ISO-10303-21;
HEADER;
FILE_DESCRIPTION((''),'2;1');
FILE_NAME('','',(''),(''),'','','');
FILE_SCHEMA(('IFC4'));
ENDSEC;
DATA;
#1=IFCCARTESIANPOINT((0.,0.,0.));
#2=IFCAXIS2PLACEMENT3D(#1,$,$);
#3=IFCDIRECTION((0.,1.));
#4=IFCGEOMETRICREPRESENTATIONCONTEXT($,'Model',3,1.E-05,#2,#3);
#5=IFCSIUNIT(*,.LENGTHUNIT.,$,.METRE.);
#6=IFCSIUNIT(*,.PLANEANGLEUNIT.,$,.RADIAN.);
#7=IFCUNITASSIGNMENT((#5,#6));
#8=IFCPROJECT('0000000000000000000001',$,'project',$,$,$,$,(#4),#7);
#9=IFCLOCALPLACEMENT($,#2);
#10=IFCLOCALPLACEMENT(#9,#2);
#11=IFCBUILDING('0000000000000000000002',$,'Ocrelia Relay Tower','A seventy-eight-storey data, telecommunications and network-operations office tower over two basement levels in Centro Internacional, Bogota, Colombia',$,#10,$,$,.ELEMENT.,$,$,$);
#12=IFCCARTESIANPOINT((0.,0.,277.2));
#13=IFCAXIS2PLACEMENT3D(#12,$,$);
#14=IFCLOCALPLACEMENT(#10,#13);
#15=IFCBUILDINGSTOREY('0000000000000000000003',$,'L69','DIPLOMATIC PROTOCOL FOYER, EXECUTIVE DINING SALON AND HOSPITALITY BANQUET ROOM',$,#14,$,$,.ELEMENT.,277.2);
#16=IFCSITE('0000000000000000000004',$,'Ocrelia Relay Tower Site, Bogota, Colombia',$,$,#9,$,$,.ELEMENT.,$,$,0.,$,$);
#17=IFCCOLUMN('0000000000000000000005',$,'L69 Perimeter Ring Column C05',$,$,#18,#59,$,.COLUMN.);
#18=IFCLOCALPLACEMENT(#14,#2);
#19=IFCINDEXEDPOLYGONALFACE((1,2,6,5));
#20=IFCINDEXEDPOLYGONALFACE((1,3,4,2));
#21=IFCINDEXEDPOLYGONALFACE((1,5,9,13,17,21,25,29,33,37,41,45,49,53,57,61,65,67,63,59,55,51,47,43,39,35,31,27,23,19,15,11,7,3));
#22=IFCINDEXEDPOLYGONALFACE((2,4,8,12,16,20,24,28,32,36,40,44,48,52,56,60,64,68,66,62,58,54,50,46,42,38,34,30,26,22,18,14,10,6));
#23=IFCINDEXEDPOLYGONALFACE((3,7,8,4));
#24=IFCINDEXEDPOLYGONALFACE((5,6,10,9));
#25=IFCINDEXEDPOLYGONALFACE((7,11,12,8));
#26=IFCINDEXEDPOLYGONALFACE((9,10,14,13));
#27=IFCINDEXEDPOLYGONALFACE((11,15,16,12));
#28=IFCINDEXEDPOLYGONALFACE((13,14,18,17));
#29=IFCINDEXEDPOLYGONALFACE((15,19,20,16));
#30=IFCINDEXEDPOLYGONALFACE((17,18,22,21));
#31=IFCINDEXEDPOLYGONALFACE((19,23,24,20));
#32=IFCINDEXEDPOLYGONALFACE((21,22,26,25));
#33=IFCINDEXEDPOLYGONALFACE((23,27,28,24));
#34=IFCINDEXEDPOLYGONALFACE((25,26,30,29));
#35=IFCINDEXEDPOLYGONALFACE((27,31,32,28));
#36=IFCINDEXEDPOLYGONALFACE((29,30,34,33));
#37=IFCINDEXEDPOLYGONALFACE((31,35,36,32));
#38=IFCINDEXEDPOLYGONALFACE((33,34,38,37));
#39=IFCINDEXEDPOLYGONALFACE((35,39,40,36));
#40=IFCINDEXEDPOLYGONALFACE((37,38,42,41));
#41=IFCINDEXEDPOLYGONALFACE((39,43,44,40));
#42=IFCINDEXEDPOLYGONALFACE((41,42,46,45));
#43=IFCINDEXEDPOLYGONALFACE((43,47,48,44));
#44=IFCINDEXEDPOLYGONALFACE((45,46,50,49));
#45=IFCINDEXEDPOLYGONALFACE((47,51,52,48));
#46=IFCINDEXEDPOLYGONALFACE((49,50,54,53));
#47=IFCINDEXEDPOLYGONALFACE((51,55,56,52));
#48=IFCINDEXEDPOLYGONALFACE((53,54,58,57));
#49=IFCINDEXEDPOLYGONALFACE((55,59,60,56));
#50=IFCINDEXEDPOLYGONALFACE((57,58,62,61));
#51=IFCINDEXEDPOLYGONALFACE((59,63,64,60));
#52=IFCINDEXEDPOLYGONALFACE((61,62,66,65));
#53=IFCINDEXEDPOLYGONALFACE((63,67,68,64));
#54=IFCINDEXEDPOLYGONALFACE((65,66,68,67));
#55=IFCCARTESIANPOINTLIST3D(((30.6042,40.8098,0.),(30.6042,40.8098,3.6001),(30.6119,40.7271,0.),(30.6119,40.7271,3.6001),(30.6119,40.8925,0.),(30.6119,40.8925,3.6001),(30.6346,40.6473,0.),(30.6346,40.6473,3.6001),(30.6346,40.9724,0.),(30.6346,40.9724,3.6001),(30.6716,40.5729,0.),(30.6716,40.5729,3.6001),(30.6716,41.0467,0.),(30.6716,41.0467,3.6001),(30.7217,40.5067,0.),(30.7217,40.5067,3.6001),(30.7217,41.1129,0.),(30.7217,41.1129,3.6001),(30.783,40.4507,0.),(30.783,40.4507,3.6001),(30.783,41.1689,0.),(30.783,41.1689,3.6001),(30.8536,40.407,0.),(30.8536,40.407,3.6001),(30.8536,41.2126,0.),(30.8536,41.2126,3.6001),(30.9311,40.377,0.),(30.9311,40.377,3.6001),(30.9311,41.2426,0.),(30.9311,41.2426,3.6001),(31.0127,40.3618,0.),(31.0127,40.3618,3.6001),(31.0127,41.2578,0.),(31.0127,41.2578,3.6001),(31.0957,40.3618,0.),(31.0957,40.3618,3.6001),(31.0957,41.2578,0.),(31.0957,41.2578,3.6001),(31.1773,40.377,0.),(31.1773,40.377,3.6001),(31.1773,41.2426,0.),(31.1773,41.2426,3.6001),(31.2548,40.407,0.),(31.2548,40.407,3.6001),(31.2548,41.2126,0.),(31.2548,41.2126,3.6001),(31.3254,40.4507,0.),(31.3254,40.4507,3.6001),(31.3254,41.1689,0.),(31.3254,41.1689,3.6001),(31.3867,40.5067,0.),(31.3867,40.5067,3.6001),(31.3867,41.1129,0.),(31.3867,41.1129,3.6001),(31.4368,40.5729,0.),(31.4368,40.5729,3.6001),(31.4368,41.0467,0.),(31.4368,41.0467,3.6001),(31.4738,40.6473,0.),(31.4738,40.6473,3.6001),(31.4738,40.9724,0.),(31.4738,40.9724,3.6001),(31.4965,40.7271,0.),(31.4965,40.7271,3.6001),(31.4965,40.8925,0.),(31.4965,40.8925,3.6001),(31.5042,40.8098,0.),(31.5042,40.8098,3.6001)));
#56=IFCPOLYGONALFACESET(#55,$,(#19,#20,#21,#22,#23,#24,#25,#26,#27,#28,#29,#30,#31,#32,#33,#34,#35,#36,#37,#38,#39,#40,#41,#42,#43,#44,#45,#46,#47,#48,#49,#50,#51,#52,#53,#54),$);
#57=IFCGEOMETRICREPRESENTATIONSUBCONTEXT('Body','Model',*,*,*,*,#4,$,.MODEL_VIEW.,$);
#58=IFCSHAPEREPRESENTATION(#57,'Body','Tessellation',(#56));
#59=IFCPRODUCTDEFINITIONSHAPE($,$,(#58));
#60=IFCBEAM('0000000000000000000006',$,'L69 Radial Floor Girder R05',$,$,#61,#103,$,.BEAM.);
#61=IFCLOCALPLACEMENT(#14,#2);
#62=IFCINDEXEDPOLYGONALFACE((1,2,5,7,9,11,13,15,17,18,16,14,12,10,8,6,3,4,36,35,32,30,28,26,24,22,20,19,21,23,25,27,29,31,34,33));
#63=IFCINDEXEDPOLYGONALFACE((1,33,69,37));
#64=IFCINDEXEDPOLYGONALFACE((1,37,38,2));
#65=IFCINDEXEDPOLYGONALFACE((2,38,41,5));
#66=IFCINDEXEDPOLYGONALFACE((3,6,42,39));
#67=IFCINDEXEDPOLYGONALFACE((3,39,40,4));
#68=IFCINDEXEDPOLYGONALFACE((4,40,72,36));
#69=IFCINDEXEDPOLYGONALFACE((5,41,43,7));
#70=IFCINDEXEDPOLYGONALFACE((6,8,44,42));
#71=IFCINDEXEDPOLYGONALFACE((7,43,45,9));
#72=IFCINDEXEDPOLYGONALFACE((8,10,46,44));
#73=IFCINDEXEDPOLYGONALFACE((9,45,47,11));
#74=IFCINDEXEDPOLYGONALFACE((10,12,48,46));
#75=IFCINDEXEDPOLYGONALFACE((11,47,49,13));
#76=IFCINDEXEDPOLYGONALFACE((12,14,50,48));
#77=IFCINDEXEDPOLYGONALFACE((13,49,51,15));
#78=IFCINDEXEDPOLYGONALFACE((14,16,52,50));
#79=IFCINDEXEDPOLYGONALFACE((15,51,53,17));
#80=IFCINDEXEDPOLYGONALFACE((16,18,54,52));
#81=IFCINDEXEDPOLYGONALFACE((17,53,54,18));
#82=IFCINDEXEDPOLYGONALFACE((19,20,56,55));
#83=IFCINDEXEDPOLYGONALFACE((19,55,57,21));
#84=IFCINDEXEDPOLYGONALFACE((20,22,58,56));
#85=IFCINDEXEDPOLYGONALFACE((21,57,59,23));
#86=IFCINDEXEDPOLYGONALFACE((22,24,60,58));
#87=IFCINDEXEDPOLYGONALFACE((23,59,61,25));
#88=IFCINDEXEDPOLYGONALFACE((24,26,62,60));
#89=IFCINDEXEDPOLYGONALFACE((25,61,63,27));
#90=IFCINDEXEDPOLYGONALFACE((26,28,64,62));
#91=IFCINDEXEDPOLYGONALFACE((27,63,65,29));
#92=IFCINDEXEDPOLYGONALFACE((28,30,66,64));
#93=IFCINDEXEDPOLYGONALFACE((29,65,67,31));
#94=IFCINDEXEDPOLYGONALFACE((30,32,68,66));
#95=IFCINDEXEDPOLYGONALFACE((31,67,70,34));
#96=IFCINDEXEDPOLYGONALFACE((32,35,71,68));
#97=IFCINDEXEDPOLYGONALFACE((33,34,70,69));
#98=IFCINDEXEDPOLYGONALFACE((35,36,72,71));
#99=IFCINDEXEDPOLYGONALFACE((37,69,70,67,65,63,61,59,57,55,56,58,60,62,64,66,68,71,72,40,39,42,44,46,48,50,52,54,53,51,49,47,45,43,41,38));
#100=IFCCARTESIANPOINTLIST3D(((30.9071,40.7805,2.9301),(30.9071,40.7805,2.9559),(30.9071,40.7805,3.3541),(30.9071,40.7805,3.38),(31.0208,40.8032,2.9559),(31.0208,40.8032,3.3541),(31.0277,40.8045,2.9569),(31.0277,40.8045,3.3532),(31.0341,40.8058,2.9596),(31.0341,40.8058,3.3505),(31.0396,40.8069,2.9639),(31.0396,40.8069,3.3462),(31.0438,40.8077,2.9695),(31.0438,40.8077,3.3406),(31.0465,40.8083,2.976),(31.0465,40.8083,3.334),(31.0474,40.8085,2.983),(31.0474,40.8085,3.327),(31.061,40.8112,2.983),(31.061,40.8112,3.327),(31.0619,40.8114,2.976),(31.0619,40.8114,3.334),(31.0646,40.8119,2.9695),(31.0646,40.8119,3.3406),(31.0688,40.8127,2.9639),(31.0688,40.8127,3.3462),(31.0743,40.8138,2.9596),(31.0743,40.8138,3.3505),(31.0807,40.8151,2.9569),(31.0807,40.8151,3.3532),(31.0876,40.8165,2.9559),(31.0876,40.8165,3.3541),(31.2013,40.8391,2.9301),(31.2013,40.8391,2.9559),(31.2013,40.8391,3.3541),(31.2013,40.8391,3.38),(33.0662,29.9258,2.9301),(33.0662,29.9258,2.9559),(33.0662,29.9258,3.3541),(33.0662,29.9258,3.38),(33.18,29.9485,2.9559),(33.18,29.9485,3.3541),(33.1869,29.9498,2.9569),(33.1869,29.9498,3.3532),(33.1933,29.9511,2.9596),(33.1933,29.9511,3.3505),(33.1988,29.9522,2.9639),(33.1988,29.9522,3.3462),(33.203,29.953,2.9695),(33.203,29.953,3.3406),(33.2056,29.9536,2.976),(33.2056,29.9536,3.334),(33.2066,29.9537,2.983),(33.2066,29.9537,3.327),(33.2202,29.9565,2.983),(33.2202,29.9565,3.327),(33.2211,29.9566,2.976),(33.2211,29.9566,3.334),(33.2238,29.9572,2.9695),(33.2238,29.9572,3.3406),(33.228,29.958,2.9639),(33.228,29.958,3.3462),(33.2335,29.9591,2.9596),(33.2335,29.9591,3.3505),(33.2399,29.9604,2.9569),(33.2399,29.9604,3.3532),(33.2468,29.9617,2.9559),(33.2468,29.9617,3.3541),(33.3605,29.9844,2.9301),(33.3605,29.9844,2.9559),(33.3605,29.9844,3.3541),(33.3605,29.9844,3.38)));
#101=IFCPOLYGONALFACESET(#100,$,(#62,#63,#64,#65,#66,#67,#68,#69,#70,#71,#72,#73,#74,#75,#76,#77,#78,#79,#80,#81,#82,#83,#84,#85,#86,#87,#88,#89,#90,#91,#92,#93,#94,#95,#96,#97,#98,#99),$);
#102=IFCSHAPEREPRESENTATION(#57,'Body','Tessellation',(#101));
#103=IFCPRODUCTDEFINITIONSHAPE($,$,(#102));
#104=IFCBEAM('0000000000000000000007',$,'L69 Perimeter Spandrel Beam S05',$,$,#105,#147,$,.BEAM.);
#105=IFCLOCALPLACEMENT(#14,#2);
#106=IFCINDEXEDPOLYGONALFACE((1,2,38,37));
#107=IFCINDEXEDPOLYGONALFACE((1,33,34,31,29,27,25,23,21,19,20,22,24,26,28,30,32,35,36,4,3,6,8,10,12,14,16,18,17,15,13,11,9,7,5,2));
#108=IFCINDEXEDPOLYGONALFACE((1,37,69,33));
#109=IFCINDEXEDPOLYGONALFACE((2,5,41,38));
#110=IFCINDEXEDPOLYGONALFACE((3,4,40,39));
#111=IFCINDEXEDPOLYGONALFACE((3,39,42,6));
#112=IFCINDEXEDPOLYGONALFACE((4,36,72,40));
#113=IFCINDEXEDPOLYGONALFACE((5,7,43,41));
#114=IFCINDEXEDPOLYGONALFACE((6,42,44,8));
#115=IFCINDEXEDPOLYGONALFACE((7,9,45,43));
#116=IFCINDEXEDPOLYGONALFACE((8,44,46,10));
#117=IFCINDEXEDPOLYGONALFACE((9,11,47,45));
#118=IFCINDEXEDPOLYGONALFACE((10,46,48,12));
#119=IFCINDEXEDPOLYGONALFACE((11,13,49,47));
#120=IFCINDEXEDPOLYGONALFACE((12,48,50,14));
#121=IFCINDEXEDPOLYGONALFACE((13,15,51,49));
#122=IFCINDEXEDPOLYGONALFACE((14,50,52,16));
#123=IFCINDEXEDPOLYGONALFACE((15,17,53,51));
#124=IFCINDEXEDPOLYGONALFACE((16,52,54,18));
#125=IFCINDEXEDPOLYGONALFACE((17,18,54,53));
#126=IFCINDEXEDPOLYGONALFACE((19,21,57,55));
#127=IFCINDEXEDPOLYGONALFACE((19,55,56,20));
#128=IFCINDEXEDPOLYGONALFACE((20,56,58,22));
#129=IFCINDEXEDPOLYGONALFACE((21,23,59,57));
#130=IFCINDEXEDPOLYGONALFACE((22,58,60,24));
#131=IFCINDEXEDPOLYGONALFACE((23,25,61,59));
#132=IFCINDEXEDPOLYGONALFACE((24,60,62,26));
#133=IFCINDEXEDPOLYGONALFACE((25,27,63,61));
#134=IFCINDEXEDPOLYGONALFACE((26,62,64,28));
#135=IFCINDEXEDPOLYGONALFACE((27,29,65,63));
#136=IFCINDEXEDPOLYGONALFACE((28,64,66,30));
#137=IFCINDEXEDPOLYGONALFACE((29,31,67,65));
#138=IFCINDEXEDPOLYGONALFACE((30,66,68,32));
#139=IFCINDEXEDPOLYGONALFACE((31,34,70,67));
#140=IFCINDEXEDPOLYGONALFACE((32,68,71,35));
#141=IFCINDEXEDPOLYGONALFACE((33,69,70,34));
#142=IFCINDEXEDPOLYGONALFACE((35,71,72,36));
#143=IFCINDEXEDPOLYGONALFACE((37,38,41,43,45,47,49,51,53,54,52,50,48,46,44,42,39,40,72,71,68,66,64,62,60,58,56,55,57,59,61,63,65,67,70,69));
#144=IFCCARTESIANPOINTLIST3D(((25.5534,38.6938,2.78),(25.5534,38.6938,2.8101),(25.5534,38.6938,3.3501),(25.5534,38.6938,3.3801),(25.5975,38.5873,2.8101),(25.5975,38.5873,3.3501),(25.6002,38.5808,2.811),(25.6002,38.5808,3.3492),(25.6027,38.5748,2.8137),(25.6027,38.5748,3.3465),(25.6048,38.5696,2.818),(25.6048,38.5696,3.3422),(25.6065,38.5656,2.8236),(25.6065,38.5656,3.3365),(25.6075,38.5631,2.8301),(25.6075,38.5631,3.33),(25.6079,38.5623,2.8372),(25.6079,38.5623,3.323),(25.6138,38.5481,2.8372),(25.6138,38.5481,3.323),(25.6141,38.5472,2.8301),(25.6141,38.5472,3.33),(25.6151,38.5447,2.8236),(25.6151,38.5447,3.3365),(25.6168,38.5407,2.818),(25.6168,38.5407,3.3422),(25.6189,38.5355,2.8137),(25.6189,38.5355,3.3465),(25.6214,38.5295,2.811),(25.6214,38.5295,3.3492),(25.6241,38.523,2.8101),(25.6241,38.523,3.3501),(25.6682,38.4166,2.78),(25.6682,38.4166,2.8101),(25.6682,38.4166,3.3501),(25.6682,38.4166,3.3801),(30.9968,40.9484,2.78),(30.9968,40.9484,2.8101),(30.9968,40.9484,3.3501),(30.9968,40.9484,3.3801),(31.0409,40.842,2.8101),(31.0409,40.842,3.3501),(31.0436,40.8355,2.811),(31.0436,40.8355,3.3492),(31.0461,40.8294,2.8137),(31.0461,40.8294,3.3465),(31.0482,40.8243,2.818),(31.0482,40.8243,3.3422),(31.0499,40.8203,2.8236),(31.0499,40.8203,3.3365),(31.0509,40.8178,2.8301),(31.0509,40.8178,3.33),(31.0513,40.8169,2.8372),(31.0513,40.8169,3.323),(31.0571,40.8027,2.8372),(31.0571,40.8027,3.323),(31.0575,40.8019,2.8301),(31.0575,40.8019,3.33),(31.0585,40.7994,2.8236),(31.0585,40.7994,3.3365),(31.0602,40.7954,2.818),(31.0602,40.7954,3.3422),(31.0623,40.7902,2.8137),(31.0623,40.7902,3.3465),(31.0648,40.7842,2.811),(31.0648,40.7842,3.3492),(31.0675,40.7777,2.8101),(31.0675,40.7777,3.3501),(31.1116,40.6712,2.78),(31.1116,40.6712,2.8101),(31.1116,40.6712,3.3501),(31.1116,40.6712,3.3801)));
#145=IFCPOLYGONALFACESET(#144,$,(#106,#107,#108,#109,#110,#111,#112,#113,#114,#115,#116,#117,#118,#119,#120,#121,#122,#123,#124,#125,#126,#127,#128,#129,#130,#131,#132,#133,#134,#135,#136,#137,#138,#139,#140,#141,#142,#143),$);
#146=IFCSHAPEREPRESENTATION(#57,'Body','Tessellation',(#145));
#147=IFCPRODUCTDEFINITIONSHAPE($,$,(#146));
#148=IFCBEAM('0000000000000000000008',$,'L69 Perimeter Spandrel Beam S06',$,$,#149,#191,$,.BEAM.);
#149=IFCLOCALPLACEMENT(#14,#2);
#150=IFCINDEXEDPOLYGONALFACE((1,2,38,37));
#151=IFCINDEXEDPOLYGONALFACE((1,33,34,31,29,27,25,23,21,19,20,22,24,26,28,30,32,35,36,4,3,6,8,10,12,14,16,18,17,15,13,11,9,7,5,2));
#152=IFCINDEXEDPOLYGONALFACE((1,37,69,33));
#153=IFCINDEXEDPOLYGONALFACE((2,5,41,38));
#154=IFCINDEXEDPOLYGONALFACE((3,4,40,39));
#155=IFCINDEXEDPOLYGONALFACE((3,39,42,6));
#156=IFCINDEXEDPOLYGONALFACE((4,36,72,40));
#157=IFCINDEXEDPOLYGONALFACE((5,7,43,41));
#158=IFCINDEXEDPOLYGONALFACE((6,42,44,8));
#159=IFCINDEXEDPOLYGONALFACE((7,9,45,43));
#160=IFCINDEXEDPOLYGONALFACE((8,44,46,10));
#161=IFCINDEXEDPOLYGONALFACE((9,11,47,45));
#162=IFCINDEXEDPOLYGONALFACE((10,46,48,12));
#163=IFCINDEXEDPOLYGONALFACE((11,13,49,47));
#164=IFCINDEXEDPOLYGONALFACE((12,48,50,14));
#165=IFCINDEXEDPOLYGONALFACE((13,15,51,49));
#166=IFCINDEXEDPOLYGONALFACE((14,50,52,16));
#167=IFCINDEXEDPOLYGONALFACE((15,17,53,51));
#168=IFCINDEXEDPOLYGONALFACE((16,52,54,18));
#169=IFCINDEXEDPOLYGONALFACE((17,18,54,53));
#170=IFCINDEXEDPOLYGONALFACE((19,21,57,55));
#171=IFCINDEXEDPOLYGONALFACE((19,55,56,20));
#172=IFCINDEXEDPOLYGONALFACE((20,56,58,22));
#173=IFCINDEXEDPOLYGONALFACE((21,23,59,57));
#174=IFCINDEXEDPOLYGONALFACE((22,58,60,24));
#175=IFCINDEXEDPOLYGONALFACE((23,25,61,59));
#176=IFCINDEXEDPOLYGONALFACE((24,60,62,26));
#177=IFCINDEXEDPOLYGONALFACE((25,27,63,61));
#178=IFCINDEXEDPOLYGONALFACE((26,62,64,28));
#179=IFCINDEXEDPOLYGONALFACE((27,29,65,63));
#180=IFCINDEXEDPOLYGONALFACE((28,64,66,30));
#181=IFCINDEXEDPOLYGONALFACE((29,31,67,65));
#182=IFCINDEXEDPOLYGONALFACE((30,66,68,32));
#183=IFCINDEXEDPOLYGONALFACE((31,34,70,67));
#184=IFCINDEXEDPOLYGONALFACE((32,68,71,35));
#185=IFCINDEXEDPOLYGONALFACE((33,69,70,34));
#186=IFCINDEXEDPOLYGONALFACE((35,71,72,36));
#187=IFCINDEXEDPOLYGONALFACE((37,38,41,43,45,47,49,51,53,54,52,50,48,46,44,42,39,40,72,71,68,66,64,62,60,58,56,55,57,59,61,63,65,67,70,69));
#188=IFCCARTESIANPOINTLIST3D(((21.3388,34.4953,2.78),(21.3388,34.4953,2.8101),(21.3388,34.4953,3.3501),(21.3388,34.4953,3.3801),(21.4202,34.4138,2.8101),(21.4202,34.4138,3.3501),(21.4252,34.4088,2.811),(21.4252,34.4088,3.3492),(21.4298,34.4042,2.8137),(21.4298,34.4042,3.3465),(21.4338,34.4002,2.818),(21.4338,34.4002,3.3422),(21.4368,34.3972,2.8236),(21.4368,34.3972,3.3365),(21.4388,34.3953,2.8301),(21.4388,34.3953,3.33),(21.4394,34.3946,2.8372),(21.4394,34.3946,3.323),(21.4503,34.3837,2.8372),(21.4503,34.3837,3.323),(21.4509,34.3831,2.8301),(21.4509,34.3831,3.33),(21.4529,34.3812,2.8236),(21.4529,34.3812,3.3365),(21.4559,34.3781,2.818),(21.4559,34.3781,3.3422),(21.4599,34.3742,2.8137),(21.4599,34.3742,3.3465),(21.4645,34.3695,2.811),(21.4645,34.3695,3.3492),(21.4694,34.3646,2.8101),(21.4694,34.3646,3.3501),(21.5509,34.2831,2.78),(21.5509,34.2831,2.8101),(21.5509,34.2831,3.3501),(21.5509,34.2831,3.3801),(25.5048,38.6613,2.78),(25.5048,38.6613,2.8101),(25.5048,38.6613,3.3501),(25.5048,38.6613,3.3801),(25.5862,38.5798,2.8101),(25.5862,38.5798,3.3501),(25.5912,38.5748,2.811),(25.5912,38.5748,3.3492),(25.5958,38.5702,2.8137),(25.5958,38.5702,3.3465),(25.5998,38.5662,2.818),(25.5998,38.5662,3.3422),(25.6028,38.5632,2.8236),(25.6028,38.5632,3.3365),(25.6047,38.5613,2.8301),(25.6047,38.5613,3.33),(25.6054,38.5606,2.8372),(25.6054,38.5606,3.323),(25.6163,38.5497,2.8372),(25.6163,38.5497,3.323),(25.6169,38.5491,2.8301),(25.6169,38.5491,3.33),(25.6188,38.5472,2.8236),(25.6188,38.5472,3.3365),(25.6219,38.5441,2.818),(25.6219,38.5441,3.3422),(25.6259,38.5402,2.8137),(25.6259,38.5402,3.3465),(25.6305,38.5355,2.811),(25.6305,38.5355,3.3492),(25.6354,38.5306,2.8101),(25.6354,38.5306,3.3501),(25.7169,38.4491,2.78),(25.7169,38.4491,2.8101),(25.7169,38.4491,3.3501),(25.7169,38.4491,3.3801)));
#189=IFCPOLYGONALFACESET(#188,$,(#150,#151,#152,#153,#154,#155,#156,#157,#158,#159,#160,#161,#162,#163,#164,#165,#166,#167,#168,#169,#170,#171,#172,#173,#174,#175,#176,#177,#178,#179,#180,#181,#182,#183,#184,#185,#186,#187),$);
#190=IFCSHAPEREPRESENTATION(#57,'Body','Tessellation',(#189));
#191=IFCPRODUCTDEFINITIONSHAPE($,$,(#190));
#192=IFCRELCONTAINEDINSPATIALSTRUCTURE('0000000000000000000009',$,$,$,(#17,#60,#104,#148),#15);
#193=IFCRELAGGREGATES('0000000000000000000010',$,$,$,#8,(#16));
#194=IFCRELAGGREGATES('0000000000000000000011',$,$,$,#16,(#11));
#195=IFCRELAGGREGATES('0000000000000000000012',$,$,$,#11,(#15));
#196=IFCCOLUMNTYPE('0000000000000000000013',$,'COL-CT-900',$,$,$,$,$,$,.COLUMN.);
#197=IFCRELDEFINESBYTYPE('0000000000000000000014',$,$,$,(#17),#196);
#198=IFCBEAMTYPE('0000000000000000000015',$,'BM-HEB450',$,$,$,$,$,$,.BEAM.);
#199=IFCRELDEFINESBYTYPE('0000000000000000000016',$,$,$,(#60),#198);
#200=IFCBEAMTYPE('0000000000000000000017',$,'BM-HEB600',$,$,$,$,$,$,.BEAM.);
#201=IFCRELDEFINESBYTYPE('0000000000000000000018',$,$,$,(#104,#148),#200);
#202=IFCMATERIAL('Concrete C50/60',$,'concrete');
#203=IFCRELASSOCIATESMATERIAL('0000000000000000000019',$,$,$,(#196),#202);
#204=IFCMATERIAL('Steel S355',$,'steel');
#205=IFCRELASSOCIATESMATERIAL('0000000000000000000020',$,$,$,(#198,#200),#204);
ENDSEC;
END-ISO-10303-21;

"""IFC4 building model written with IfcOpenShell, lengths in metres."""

from ifc_helpers import new_model, si_unit, direction, frame, origin, origin_2d, place, context, subcontext, project, spatial, circle, i_section, extrude, material, material_profile, profile_set, type_object, element, save


model = new_model("IFC4")

# Units and contexts
model_context = context("Model", 3, precision=1e-05, world=origin(), true_north=direction((0.0, 1.0)))
body_context = subcontext(model_context, "Body", "Model", "MODEL_VIEW")
ifc_project = project(units=[si_unit("LENGTHUNIT", "METRE"), si_unit("PLANEANGLEUNIT", "RADIAN")], contexts=[model_context])

# Site, building, storey
site_placement = place(None, origin())
site = spatial("IfcSite", under=ifc_project, at=site_placement, Name="Ocrelia Relay Tower Site, Bogota, Colombia", CompositionType="ELEMENT", RefElevation=0.0)
building_placement = place(site_placement, origin())
building = spatial("IfcBuilding", under=site, at=building_placement, Name="Ocrelia Relay Tower", Description="A seventy-eight-storey data, telecommunications and network-operations office tower over two basement levels in Centro Internacional, Bogota, Colombia", CompositionType="ELEMENT")
storey_placement = place(building_placement, frame((0.0, 0.0, 277.2)))
storey = spatial("IfcBuildingStorey", under=building, at=storey_placement, Name="L69", Description="DIPLOMATIC PROTOCOL FOYER, EXECUTIVE DINING SALON AND HOSPITALITY BANQUET ROOM", CompositionType="ELEMENT", Elevation=277.2)

# Column
ifc_material_1 = material(Name="Concrete C50/60", Category="concrete")
ifc_material_profile_1 = material_profile(ifc_material_1, circle(Radius=0.45, at=origin_2d()), Name="RC-CIR-900")
ifc_profile_set_1 = profile_set([ifc_material_profile_1], Name="Concrete C50/60")
column_type = type_object("IfcColumnType", Name="COL-CT-900", PredefinedType="COLUMN", material=ifc_profile_set_1)
column_placement = place(storey_placement, frame((31.0542, 40.8098, 0.0), z_axis=(0.0, 0.0, 1.0), x_axis=(1.0, 0.0, 0.0)))
element("IfcColumn", 1, at=column_placement, inside=storey, type_object=column_type, Name="L69 Perimeter Ring Column C05", PredefinedType="COLUMN", context=body_context, shape_type="SweptSolid", body=[
    extrude(circle(Radius=0.45, at=origin_2d()), origin(), (0.0, 0.0, 1.0), 3.6001),
])

# Beams
ifc_material_2 = material(Name="Steel S355", Category="steel")
ifc_material_profile_2 = material_profile(ifc_material_2, i_section(OverallWidth=0.3, OverallDepth=0.45, WebThickness=0.0139, FlangeThickness=0.0259, FilletRadius=0.0271, at=origin_2d()), Name="HEB 450")
ifc_profile_set_2 = profile_set([ifc_material_profile_2], Name="Steel S355")
beam_type_1 = type_object("IfcBeamType", Name="BM-HEB450", PredefinedType="BEAM", material=ifc_profile_set_2)
beam_1_placement = place(storey_placement, frame((31.0542, 40.8098, 3.155), z_axis=(0.195094, -0.980785, 0.0), x_axis=(0.980785, 0.195094, 0.0)))
element("IfcBeam", 2, at=beam_1_placement, inside=storey, type_object=beam_type_1, Name="L69 Radial Floor Girder R05", PredefinedType="BEAM", context=body_context, shape_type="SweptSolid", body=[
    extrude(i_section(OverallWidth=0.3, OverallDepth=0.45, WebThickness=0.0139, FlangeThickness=0.0259, FilletRadius=0.0271, at=origin_2d()), origin(), (0.0, 0.0, 1.0), 11.0674),
])
ifc_material_profile_3 = material_profile(ifc_material_2, i_section(OverallWidth=0.3, OverallDepth=0.6001, WebThickness=0.0154, FlangeThickness=0.03, FilletRadius=0.0271, at=origin_2d()), Name="HEB 600")
ifc_profile_set_3 = profile_set([ifc_material_profile_3], Name="Steel S355")
beam_type_2 = type_object("IfcBeamType", Name="BM-HEB600", PredefinedType="BEAM", material=ifc_profile_set_3)
beam_2_placement = place(storey_placement, frame((31.0542, 40.8098, 3.0801), z_axis=(-0.923884, -0.382673, 0.0), x_axis=(0.382673, -0.923884, 0.0)))
element("IfcBeam", 3, at=beam_2_placement, inside=storey, type_object=beam_type_2, Name="L69 Perimeter Spandrel Beam S05", PredefinedType="BEAM", context=body_context, shape_type="SweptSolid", body=[
    extrude(i_section(OverallWidth=0.3, OverallDepth=0.6001, WebThickness=0.0154, FlangeThickness=0.03, FilletRadius=0.0271, at=origin_2d()), origin(), (0.0, 0.0, 1.0), 5.8918),
])
beam_3_placement = place(storey_placement, frame((25.6108, 38.5552, 3.0801), z_axis=(-0.707107, -0.707107, 0.0), x_axis=(0.707107, -0.707107, 0.0)))
element("IfcBeam", 4, at=beam_3_placement, inside=storey, type_object=beam_type_2, Name="L69 Perimeter Spandrel Beam S06", PredefinedType="BEAM", context=body_context, shape_type="SweptSolid", body=[
    extrude(i_section(OverallWidth=0.3, OverallDepth=0.6001, WebThickness=0.0154, FlangeThickness=0.03, FilletRadius=0.0271, at=origin_2d()), origin(), (0.0, 0.0, 1.0), 5.8916),
])

save(model, "model.ifc")
